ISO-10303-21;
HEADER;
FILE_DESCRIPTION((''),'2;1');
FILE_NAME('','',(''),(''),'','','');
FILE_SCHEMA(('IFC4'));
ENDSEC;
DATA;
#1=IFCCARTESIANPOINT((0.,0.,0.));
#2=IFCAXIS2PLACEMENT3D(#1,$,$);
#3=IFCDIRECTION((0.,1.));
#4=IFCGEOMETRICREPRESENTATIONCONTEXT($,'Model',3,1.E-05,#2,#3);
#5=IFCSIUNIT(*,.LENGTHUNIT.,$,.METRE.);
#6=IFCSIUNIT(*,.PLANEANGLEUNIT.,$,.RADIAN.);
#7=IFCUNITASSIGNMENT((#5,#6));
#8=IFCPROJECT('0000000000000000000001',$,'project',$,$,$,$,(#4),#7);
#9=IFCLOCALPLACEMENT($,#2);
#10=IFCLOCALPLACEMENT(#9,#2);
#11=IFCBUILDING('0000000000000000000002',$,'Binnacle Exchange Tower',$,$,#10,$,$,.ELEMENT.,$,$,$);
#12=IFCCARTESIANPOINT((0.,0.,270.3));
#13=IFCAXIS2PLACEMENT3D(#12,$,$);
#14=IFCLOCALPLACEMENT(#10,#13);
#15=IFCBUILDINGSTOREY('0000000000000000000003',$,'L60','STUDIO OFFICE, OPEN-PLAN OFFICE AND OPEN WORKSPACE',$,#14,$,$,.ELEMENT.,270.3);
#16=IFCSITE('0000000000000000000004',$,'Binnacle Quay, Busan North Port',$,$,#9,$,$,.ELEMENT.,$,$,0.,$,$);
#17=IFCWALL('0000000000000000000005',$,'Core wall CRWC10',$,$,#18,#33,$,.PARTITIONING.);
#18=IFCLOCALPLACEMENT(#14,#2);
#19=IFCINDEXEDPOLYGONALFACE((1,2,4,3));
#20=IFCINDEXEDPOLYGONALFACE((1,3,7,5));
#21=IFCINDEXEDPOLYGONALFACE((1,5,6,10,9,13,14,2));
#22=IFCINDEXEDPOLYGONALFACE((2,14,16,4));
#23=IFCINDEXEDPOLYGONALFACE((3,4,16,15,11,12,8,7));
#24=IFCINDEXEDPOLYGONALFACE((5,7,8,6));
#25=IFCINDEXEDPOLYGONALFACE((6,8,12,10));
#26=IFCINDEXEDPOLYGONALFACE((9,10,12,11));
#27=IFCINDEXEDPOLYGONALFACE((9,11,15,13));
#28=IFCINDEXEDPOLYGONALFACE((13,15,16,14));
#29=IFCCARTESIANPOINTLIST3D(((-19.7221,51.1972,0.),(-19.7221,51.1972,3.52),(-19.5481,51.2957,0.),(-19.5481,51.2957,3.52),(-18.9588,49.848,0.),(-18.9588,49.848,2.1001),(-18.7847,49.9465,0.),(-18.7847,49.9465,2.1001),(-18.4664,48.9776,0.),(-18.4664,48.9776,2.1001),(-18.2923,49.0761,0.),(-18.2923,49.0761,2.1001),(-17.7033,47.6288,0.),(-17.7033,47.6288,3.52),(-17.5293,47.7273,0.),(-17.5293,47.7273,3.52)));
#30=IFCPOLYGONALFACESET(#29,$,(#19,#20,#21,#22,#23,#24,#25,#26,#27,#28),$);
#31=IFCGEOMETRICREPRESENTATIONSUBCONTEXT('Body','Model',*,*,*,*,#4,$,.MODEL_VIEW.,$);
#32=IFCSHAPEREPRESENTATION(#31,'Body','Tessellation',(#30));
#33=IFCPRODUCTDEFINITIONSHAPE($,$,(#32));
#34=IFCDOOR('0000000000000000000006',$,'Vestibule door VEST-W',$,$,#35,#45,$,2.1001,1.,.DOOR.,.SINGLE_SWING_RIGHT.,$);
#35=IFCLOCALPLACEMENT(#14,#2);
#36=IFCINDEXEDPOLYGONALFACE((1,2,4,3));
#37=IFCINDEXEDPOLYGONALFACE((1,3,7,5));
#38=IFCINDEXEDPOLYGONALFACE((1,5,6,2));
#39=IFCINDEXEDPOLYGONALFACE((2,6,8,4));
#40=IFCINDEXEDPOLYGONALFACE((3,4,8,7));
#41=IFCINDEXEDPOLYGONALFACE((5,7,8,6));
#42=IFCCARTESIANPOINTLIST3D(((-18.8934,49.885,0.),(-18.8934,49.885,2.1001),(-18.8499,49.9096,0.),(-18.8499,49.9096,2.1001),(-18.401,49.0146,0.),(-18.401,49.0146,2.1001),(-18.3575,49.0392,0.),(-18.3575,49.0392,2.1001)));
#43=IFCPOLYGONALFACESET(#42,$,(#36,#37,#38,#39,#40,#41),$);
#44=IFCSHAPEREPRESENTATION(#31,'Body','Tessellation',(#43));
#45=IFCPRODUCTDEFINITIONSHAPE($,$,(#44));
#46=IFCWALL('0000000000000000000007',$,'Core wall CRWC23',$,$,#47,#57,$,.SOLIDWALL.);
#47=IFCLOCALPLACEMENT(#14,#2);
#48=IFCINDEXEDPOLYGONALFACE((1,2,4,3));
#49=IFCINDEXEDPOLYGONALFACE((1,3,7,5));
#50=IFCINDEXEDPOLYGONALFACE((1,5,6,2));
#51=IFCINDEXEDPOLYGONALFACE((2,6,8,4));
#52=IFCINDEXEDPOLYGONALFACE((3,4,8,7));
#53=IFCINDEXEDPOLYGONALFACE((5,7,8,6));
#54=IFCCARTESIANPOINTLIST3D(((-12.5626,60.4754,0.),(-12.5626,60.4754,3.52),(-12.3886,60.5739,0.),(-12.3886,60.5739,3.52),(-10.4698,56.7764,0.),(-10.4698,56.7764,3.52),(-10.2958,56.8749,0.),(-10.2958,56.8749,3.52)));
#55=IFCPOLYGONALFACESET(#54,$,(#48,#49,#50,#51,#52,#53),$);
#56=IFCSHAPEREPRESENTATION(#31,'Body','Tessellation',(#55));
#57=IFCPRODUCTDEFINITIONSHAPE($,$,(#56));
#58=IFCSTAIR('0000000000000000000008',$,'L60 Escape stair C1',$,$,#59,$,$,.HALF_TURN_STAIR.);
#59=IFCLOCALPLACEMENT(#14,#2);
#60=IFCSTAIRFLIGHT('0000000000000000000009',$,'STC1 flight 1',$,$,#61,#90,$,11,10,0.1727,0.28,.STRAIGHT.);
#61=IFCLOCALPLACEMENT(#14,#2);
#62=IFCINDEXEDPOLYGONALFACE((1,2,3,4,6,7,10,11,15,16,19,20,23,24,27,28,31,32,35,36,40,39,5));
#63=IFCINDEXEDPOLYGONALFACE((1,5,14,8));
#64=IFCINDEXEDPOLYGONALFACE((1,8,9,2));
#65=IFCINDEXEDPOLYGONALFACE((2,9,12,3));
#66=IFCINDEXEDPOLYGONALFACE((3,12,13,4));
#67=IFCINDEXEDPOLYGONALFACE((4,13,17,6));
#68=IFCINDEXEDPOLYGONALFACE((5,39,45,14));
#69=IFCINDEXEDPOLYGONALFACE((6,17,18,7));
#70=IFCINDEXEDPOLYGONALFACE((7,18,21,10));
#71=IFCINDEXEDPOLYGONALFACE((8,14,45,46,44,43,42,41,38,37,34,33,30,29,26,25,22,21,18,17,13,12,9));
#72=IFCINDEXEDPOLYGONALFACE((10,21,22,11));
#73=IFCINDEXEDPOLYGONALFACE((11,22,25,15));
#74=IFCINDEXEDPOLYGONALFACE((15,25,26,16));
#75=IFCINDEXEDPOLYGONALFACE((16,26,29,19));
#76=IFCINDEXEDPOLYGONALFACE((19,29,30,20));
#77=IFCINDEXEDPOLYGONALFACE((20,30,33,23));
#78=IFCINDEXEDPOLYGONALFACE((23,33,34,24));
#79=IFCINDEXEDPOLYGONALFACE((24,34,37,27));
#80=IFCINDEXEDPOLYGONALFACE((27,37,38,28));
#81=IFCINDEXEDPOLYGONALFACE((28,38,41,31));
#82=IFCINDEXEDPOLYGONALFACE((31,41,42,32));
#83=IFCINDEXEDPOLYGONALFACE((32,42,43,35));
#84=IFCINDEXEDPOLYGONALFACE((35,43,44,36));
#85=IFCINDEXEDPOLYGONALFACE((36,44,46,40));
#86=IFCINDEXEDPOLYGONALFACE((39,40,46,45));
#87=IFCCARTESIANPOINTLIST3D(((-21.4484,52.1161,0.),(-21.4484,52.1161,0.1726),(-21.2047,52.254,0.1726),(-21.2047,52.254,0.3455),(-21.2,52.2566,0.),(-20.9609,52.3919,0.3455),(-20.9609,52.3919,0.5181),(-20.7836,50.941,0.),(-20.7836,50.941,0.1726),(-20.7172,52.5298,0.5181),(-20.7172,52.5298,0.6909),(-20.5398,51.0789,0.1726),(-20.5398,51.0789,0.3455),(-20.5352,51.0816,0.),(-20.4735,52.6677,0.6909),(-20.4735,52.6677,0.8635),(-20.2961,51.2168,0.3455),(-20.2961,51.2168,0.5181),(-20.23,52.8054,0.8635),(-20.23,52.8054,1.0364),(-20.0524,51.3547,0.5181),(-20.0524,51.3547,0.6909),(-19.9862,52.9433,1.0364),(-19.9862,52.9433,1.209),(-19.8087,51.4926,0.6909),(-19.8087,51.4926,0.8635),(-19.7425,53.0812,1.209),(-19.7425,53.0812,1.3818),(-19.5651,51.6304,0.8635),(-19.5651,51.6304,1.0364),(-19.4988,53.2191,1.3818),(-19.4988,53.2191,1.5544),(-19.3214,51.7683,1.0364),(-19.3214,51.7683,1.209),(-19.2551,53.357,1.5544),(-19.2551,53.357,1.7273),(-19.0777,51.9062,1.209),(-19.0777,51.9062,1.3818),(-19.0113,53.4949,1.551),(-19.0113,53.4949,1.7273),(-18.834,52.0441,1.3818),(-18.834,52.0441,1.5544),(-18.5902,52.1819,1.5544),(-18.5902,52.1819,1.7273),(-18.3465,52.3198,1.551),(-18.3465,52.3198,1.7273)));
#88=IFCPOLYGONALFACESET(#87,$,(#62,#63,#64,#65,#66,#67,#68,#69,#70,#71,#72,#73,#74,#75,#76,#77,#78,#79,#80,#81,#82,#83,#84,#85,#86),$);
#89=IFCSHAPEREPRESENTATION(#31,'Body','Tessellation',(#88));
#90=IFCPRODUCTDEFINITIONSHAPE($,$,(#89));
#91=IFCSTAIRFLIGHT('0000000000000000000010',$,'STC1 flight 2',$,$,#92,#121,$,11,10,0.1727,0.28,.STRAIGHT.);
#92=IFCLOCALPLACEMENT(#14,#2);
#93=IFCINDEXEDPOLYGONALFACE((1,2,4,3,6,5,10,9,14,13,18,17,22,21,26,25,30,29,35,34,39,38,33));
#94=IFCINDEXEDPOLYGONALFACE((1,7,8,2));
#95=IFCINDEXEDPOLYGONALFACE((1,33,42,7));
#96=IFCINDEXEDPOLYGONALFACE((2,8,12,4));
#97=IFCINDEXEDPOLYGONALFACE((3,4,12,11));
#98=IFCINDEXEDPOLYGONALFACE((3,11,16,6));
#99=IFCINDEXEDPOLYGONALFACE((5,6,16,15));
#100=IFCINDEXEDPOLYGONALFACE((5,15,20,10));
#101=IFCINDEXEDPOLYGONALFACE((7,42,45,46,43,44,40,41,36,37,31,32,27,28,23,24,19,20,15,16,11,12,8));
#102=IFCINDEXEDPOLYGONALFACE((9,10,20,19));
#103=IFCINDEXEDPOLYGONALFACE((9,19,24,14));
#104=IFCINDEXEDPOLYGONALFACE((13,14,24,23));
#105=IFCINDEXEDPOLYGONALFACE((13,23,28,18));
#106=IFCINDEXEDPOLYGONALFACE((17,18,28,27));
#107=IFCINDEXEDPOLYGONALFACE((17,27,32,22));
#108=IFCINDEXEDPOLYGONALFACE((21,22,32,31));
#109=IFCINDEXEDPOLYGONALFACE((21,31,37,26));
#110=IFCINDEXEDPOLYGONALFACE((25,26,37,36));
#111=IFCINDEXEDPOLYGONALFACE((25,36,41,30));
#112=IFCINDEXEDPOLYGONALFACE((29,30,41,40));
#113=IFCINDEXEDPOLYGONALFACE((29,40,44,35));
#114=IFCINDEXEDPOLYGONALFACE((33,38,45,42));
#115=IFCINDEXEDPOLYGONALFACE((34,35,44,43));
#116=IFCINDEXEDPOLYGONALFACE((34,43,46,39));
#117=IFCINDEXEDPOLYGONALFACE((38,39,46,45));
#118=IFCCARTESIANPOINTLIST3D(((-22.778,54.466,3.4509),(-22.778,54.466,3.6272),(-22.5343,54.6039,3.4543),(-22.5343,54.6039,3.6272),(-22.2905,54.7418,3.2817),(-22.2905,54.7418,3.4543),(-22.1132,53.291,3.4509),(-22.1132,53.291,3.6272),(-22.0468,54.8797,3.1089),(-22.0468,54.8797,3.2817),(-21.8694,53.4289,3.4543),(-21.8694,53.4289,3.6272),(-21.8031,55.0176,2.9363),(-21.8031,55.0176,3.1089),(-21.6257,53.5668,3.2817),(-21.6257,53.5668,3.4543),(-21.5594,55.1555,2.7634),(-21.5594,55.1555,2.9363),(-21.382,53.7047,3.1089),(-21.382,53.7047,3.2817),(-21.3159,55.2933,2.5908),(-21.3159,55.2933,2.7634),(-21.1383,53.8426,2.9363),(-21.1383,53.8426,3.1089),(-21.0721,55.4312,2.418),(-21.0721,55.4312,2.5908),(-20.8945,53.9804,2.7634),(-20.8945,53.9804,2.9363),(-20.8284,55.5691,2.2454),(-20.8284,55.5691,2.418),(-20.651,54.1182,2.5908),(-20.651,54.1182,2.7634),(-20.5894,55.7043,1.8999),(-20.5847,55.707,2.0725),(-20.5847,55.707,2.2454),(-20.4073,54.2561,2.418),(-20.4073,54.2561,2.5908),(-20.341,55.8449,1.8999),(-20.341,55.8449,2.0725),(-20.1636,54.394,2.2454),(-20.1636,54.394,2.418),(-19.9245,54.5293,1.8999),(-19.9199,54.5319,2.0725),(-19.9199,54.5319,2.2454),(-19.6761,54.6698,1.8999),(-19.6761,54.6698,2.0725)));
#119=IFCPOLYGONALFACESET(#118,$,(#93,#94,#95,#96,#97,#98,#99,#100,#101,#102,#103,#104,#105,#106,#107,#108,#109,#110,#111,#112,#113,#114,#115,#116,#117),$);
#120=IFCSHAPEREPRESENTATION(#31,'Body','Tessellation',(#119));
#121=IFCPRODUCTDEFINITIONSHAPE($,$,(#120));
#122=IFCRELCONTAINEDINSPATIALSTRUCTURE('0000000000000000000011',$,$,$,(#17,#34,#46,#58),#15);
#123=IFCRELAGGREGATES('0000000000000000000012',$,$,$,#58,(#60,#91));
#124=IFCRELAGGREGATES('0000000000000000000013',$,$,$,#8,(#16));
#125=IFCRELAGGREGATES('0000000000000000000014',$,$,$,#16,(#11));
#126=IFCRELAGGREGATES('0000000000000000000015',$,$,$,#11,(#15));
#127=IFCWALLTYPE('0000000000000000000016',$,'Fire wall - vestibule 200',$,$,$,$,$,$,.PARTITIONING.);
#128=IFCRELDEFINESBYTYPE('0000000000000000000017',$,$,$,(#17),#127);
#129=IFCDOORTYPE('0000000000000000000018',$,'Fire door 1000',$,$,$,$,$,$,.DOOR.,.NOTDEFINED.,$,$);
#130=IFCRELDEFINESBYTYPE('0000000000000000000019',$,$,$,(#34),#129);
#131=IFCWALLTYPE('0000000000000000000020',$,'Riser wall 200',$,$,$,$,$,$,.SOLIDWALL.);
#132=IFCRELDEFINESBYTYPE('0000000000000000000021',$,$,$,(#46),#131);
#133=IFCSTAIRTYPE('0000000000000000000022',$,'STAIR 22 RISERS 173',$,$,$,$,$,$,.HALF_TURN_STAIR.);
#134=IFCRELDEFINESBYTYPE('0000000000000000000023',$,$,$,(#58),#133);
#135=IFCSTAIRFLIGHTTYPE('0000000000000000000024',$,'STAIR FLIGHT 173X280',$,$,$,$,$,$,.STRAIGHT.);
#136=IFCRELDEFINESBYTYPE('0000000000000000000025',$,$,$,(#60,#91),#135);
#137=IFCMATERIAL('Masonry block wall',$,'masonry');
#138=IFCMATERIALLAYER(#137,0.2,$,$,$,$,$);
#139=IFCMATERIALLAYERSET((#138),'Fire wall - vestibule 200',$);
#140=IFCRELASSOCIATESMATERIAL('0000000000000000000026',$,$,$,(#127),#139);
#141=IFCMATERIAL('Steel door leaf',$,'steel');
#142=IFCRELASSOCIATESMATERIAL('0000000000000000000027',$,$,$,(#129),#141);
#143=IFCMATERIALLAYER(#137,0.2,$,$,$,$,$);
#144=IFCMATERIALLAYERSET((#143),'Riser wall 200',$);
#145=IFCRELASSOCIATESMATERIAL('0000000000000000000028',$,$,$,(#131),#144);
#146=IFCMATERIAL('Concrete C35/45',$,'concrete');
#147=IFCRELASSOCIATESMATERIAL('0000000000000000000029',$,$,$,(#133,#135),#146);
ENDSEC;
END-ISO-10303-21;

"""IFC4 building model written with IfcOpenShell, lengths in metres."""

from ifc_helpers import new_model, si_unit, direction, frame, frame_2d, origin, place, context, subcontext, project, spatial, polyline, rectangle, outline, extrude, material, layer, layer_set, type_object, element, fill, aggregate, save


model = new_model("IFC4")

# Units and contexts
model_context = context("Model", 3, precision=1e-05, world=origin(), true_north=direction((0.0, 1.0)))
body_context = subcontext(model_context, "Body", "Model", "MODEL_VIEW")
ifc_project = project(units=[si_unit("LENGTHUNIT", "METRE"), si_unit("PLANEANGLEUNIT", "RADIAN")], contexts=[model_context])

# Site, building, storey
site_placement = place(None, origin())
site = spatial("IfcSite", under=ifc_project, at=site_placement, Name="Binnacle Quay, Busan North Port", CompositionType="ELEMENT", RefElevation=0.0)
building_placement = place(site_placement, origin())
building = spatial("IfcBuilding", under=site, at=building_placement, Name="Binnacle Exchange Tower", CompositionType="ELEMENT")
storey_placement = place(building_placement, frame((0.0, 0.0, 270.3)))
storey = spatial("IfcBuildingStorey", under=building, at=storey_placement, Name="L60", Description="STUDIO OFFICE, OPEN-PLAN OFFICE AND OPEN WORKSPACE", CompositionType="ELEMENT", Elevation=270.3)

# Shared definitions
ifc_material_1 = material(Name="Steel door leaf", Category="steel")

# Wall, opening, door
ifc_material_2 = material(Name="Masonry block wall", Category="masonry")
ifc_layer_1 = layer(ifc_material_2, 0.2)
ifc_layer_set_1 = layer_set([ifc_layer_1], Name="Fire wall - vestibule 200")
wall_type_1 = type_object("IfcWallType", Name="Fire wall - vestibule 200", PredefinedType="PARTITIONING", material=ifc_layer_set_1)
wall_1_placement = place(storey_placement, frame((-19.635, 51.2463, 0.0), z_axis=(0.0, 0.0, 1.0), x_axis=(0.492408, -0.870364, 0.0)))
wall_1 = element("IfcWall", 1, at=wall_1_placement, inside=storey, type_object=wall_type_1, Name="Core wall CRWC10", PredefinedType="PARTITIONING", context=body_context, shape_type="SweptSolid", body=[
    extrude(rectangle(XDim=4.0999, YDim=0.2, at=frame_2d((2.0498, 0.0))), origin(), (0.0, 0.0, 1.0), 3.52),
])
opening_1_placement = place(wall_1_placement, frame((1.55, 0.0, 0.0)))
opening_1 = element("IfcOpeningElement", 2, at=opening_1_placement, cuts=wall_1, PredefinedType="OPENING", context=body_context, shape_type="SweptSolid", body=[
    extrude(rectangle(XDim=1.0, YDim=2.1001, at=frame_2d((0.5, 1.05))), frame((0.0, 0.1099, 0.0), z_axis=(0.0, -1.0, 0.0), x_axis=(1.0, 0.0, 0.0)), (0.0, 0.0, 1.0), 0.22),
])
door_type_1 = type_object("IfcDoorType", Name="Fire door 1000", OperationType="NOTDEFINED", PredefinedType="DOOR", material=ifc_material_1)
door_1_placement = place(opening_1_placement, frame((1.0, 0.0, 0.0), z_axis=(0.0, 0.0, 1.0), x_axis=(-1.0, 0.0, 0.0)))
door_1 = element("IfcDoor", 3, at=door_1_placement, inside=storey, type_object=door_type_1, Name="Vestibule door VEST-W", OperationType="SINGLE_SWING_RIGHT", OverallHeight=2.1001, OverallWidth=1.0, PredefinedType="DOOR", context=body_context, shape_type="SweptSolid", body=[
    extrude(rectangle(XDim=1.0, YDim=2.1001, at=frame_2d((0.5, 1.05))), frame((0.0, 0.0249, 0.0), z_axis=(0.0, -1.0, 0.0), x_axis=(1.0, 0.0, 0.0)), (0.0, 0.0, 1.0), 0.05),
])
fill(opening_1, door_1)

# Wall
ifc_layer_2 = layer(ifc_material_2, 0.2)
ifc_layer_set_2 = layer_set([ifc_layer_2], Name="Riser wall 200")
wall_type_2 = type_object("IfcWallType", Name="Riser wall 200", PredefinedType="SOLIDWALL", material=ifc_layer_set_2)
wall_2_placement = place(storey_placement, frame((-12.4756, 60.5247, 0.0), z_axis=(0.0, 0.0, 1.0), x_axis=(0.492423, -0.870356, 0.0)))
element("IfcWall", 4, at=wall_2_placement, inside=storey, type_object=wall_type_2, Name="Core wall CRWC23", PredefinedType="SOLIDWALL", context=body_context, shape_type="SweptSolid", body=[
    extrude(rectangle(XDim=4.25, YDim=0.2, at=frame_2d((2.125, 0.0))), origin(), (0.0, 0.0, 1.0), 3.52),
])

# Stair, stair flights
ifc_material_3 = material(Name="Concrete C35/45", Category="concrete")
stair_type = type_object("IfcStairType", Name="STAIR 22 RISERS 173", PredefinedType="HALF_TURN_STAIR", material=ifc_material_3)
stair_placement = place(storey_placement, origin())
stair = element("IfcStair", 5, at=stair_placement, inside=storey, type_object=stair_type, Name="L60 Escape stair C1", PredefinedType="HALF_TURN_STAIR")
stair_flight_type = type_object("IfcStairFlightType", Name="STAIR FLIGHT 173X280", PredefinedType="STRAIGHT", material=ifc_material_3)
stair_flight_1_placement = place(storey_placement, frame((-21.116, 51.5286, 0.0), z_axis=(0.0, 0.0, 1.0), x_axis=(0.870356, 0.492424, 0.0)))
stair_flight_1 = element("IfcStairFlight", 6, at=stair_flight_1_placement, type_object=stair_flight_type, Name="STC1 flight 1", NumberOfRisers=11, NumberOfTreads=10, PredefinedType="STRAIGHT", RiserHeight=0.1727, TreadLength=0.28, context=body_context, shape_type="SweptSolid", body=[
    extrude(outline(polyline([(0.0, 0.0), (0.0, 0.1726), (0.28, 0.1726), (0.28, 0.3455), (0.5601, 0.3455), (0.5601, 0.5181), (0.8401, 0.5181), (0.8401, 0.6909), (1.1201, 0.6909), (1.1201, 0.8635), (1.3999, 0.8635), (1.3999, 1.0364), (1.6799, 1.0364), (1.6799, 1.209), (1.96, 1.209), (1.96, 1.3818), (2.24, 1.3818), (2.24, 1.5544), (2.52, 1.5544), (2.52, 1.7273), (2.8, 1.7273), (2.8, 1.8999), (2.8, 1.551), (0.2854, 0.0), (0.0, 0.0)])), frame((0.0, 0.675, 0.0), z_axis=(0.0, -1.0, 0.0), x_axis=(1.0, 0.0, 0.0)), (0.0, 0.0, 1.0), 1.3501),
])
stair_flight_2_placement = place(storey_placement, frame((-20.0085, 55.2573, 1.8999), z_axis=(0.0, 0.0, 1.0), x_axis=(-0.870356, -0.492424, 0.0)))
stair_flight_2 = element("IfcStairFlight", 7, at=stair_flight_2_placement, type_object=stair_flight_type, Name="STC1 flight 2", NumberOfRisers=11, NumberOfTreads=10, PredefinedType="STRAIGHT", RiserHeight=0.1727, TreadLength=0.28, context=body_context, shape_type="SweptSolid", body=[
    extrude(outline(polyline([(0.0, 0.0), (0.0, 0.1726), (0.28, 0.1726), (0.28, 0.3455), (0.5601, 0.3455), (0.5601, 0.5181), (0.8401, 0.5181), (0.8401, 0.6909), (1.1201, 0.6909), (1.1201, 0.8635), (1.3999, 0.8635), (1.3999, 1.0364), (1.6799, 1.0364), (1.6799, 1.209), (1.96, 1.209), (1.96, 1.3818), (2.24, 1.3818), (2.24, 1.5544), (2.52, 1.5544), (2.52, 1.7273), (2.8, 1.7273), (2.8, 1.8999), (2.8, 1.551), (0.2854, 0.0), (0.0, 0.0)])), frame((0.0, 0.675, 0.0), z_axis=(0.0, -1.0, 0.0), x_axis=(1.0, 0.0, 0.0)), (0.0, 0.0, 1.0), 1.3501),
])
aggregate(stair, [stair_flight_1, stair_flight_2])

save(model, "model.ifc")
